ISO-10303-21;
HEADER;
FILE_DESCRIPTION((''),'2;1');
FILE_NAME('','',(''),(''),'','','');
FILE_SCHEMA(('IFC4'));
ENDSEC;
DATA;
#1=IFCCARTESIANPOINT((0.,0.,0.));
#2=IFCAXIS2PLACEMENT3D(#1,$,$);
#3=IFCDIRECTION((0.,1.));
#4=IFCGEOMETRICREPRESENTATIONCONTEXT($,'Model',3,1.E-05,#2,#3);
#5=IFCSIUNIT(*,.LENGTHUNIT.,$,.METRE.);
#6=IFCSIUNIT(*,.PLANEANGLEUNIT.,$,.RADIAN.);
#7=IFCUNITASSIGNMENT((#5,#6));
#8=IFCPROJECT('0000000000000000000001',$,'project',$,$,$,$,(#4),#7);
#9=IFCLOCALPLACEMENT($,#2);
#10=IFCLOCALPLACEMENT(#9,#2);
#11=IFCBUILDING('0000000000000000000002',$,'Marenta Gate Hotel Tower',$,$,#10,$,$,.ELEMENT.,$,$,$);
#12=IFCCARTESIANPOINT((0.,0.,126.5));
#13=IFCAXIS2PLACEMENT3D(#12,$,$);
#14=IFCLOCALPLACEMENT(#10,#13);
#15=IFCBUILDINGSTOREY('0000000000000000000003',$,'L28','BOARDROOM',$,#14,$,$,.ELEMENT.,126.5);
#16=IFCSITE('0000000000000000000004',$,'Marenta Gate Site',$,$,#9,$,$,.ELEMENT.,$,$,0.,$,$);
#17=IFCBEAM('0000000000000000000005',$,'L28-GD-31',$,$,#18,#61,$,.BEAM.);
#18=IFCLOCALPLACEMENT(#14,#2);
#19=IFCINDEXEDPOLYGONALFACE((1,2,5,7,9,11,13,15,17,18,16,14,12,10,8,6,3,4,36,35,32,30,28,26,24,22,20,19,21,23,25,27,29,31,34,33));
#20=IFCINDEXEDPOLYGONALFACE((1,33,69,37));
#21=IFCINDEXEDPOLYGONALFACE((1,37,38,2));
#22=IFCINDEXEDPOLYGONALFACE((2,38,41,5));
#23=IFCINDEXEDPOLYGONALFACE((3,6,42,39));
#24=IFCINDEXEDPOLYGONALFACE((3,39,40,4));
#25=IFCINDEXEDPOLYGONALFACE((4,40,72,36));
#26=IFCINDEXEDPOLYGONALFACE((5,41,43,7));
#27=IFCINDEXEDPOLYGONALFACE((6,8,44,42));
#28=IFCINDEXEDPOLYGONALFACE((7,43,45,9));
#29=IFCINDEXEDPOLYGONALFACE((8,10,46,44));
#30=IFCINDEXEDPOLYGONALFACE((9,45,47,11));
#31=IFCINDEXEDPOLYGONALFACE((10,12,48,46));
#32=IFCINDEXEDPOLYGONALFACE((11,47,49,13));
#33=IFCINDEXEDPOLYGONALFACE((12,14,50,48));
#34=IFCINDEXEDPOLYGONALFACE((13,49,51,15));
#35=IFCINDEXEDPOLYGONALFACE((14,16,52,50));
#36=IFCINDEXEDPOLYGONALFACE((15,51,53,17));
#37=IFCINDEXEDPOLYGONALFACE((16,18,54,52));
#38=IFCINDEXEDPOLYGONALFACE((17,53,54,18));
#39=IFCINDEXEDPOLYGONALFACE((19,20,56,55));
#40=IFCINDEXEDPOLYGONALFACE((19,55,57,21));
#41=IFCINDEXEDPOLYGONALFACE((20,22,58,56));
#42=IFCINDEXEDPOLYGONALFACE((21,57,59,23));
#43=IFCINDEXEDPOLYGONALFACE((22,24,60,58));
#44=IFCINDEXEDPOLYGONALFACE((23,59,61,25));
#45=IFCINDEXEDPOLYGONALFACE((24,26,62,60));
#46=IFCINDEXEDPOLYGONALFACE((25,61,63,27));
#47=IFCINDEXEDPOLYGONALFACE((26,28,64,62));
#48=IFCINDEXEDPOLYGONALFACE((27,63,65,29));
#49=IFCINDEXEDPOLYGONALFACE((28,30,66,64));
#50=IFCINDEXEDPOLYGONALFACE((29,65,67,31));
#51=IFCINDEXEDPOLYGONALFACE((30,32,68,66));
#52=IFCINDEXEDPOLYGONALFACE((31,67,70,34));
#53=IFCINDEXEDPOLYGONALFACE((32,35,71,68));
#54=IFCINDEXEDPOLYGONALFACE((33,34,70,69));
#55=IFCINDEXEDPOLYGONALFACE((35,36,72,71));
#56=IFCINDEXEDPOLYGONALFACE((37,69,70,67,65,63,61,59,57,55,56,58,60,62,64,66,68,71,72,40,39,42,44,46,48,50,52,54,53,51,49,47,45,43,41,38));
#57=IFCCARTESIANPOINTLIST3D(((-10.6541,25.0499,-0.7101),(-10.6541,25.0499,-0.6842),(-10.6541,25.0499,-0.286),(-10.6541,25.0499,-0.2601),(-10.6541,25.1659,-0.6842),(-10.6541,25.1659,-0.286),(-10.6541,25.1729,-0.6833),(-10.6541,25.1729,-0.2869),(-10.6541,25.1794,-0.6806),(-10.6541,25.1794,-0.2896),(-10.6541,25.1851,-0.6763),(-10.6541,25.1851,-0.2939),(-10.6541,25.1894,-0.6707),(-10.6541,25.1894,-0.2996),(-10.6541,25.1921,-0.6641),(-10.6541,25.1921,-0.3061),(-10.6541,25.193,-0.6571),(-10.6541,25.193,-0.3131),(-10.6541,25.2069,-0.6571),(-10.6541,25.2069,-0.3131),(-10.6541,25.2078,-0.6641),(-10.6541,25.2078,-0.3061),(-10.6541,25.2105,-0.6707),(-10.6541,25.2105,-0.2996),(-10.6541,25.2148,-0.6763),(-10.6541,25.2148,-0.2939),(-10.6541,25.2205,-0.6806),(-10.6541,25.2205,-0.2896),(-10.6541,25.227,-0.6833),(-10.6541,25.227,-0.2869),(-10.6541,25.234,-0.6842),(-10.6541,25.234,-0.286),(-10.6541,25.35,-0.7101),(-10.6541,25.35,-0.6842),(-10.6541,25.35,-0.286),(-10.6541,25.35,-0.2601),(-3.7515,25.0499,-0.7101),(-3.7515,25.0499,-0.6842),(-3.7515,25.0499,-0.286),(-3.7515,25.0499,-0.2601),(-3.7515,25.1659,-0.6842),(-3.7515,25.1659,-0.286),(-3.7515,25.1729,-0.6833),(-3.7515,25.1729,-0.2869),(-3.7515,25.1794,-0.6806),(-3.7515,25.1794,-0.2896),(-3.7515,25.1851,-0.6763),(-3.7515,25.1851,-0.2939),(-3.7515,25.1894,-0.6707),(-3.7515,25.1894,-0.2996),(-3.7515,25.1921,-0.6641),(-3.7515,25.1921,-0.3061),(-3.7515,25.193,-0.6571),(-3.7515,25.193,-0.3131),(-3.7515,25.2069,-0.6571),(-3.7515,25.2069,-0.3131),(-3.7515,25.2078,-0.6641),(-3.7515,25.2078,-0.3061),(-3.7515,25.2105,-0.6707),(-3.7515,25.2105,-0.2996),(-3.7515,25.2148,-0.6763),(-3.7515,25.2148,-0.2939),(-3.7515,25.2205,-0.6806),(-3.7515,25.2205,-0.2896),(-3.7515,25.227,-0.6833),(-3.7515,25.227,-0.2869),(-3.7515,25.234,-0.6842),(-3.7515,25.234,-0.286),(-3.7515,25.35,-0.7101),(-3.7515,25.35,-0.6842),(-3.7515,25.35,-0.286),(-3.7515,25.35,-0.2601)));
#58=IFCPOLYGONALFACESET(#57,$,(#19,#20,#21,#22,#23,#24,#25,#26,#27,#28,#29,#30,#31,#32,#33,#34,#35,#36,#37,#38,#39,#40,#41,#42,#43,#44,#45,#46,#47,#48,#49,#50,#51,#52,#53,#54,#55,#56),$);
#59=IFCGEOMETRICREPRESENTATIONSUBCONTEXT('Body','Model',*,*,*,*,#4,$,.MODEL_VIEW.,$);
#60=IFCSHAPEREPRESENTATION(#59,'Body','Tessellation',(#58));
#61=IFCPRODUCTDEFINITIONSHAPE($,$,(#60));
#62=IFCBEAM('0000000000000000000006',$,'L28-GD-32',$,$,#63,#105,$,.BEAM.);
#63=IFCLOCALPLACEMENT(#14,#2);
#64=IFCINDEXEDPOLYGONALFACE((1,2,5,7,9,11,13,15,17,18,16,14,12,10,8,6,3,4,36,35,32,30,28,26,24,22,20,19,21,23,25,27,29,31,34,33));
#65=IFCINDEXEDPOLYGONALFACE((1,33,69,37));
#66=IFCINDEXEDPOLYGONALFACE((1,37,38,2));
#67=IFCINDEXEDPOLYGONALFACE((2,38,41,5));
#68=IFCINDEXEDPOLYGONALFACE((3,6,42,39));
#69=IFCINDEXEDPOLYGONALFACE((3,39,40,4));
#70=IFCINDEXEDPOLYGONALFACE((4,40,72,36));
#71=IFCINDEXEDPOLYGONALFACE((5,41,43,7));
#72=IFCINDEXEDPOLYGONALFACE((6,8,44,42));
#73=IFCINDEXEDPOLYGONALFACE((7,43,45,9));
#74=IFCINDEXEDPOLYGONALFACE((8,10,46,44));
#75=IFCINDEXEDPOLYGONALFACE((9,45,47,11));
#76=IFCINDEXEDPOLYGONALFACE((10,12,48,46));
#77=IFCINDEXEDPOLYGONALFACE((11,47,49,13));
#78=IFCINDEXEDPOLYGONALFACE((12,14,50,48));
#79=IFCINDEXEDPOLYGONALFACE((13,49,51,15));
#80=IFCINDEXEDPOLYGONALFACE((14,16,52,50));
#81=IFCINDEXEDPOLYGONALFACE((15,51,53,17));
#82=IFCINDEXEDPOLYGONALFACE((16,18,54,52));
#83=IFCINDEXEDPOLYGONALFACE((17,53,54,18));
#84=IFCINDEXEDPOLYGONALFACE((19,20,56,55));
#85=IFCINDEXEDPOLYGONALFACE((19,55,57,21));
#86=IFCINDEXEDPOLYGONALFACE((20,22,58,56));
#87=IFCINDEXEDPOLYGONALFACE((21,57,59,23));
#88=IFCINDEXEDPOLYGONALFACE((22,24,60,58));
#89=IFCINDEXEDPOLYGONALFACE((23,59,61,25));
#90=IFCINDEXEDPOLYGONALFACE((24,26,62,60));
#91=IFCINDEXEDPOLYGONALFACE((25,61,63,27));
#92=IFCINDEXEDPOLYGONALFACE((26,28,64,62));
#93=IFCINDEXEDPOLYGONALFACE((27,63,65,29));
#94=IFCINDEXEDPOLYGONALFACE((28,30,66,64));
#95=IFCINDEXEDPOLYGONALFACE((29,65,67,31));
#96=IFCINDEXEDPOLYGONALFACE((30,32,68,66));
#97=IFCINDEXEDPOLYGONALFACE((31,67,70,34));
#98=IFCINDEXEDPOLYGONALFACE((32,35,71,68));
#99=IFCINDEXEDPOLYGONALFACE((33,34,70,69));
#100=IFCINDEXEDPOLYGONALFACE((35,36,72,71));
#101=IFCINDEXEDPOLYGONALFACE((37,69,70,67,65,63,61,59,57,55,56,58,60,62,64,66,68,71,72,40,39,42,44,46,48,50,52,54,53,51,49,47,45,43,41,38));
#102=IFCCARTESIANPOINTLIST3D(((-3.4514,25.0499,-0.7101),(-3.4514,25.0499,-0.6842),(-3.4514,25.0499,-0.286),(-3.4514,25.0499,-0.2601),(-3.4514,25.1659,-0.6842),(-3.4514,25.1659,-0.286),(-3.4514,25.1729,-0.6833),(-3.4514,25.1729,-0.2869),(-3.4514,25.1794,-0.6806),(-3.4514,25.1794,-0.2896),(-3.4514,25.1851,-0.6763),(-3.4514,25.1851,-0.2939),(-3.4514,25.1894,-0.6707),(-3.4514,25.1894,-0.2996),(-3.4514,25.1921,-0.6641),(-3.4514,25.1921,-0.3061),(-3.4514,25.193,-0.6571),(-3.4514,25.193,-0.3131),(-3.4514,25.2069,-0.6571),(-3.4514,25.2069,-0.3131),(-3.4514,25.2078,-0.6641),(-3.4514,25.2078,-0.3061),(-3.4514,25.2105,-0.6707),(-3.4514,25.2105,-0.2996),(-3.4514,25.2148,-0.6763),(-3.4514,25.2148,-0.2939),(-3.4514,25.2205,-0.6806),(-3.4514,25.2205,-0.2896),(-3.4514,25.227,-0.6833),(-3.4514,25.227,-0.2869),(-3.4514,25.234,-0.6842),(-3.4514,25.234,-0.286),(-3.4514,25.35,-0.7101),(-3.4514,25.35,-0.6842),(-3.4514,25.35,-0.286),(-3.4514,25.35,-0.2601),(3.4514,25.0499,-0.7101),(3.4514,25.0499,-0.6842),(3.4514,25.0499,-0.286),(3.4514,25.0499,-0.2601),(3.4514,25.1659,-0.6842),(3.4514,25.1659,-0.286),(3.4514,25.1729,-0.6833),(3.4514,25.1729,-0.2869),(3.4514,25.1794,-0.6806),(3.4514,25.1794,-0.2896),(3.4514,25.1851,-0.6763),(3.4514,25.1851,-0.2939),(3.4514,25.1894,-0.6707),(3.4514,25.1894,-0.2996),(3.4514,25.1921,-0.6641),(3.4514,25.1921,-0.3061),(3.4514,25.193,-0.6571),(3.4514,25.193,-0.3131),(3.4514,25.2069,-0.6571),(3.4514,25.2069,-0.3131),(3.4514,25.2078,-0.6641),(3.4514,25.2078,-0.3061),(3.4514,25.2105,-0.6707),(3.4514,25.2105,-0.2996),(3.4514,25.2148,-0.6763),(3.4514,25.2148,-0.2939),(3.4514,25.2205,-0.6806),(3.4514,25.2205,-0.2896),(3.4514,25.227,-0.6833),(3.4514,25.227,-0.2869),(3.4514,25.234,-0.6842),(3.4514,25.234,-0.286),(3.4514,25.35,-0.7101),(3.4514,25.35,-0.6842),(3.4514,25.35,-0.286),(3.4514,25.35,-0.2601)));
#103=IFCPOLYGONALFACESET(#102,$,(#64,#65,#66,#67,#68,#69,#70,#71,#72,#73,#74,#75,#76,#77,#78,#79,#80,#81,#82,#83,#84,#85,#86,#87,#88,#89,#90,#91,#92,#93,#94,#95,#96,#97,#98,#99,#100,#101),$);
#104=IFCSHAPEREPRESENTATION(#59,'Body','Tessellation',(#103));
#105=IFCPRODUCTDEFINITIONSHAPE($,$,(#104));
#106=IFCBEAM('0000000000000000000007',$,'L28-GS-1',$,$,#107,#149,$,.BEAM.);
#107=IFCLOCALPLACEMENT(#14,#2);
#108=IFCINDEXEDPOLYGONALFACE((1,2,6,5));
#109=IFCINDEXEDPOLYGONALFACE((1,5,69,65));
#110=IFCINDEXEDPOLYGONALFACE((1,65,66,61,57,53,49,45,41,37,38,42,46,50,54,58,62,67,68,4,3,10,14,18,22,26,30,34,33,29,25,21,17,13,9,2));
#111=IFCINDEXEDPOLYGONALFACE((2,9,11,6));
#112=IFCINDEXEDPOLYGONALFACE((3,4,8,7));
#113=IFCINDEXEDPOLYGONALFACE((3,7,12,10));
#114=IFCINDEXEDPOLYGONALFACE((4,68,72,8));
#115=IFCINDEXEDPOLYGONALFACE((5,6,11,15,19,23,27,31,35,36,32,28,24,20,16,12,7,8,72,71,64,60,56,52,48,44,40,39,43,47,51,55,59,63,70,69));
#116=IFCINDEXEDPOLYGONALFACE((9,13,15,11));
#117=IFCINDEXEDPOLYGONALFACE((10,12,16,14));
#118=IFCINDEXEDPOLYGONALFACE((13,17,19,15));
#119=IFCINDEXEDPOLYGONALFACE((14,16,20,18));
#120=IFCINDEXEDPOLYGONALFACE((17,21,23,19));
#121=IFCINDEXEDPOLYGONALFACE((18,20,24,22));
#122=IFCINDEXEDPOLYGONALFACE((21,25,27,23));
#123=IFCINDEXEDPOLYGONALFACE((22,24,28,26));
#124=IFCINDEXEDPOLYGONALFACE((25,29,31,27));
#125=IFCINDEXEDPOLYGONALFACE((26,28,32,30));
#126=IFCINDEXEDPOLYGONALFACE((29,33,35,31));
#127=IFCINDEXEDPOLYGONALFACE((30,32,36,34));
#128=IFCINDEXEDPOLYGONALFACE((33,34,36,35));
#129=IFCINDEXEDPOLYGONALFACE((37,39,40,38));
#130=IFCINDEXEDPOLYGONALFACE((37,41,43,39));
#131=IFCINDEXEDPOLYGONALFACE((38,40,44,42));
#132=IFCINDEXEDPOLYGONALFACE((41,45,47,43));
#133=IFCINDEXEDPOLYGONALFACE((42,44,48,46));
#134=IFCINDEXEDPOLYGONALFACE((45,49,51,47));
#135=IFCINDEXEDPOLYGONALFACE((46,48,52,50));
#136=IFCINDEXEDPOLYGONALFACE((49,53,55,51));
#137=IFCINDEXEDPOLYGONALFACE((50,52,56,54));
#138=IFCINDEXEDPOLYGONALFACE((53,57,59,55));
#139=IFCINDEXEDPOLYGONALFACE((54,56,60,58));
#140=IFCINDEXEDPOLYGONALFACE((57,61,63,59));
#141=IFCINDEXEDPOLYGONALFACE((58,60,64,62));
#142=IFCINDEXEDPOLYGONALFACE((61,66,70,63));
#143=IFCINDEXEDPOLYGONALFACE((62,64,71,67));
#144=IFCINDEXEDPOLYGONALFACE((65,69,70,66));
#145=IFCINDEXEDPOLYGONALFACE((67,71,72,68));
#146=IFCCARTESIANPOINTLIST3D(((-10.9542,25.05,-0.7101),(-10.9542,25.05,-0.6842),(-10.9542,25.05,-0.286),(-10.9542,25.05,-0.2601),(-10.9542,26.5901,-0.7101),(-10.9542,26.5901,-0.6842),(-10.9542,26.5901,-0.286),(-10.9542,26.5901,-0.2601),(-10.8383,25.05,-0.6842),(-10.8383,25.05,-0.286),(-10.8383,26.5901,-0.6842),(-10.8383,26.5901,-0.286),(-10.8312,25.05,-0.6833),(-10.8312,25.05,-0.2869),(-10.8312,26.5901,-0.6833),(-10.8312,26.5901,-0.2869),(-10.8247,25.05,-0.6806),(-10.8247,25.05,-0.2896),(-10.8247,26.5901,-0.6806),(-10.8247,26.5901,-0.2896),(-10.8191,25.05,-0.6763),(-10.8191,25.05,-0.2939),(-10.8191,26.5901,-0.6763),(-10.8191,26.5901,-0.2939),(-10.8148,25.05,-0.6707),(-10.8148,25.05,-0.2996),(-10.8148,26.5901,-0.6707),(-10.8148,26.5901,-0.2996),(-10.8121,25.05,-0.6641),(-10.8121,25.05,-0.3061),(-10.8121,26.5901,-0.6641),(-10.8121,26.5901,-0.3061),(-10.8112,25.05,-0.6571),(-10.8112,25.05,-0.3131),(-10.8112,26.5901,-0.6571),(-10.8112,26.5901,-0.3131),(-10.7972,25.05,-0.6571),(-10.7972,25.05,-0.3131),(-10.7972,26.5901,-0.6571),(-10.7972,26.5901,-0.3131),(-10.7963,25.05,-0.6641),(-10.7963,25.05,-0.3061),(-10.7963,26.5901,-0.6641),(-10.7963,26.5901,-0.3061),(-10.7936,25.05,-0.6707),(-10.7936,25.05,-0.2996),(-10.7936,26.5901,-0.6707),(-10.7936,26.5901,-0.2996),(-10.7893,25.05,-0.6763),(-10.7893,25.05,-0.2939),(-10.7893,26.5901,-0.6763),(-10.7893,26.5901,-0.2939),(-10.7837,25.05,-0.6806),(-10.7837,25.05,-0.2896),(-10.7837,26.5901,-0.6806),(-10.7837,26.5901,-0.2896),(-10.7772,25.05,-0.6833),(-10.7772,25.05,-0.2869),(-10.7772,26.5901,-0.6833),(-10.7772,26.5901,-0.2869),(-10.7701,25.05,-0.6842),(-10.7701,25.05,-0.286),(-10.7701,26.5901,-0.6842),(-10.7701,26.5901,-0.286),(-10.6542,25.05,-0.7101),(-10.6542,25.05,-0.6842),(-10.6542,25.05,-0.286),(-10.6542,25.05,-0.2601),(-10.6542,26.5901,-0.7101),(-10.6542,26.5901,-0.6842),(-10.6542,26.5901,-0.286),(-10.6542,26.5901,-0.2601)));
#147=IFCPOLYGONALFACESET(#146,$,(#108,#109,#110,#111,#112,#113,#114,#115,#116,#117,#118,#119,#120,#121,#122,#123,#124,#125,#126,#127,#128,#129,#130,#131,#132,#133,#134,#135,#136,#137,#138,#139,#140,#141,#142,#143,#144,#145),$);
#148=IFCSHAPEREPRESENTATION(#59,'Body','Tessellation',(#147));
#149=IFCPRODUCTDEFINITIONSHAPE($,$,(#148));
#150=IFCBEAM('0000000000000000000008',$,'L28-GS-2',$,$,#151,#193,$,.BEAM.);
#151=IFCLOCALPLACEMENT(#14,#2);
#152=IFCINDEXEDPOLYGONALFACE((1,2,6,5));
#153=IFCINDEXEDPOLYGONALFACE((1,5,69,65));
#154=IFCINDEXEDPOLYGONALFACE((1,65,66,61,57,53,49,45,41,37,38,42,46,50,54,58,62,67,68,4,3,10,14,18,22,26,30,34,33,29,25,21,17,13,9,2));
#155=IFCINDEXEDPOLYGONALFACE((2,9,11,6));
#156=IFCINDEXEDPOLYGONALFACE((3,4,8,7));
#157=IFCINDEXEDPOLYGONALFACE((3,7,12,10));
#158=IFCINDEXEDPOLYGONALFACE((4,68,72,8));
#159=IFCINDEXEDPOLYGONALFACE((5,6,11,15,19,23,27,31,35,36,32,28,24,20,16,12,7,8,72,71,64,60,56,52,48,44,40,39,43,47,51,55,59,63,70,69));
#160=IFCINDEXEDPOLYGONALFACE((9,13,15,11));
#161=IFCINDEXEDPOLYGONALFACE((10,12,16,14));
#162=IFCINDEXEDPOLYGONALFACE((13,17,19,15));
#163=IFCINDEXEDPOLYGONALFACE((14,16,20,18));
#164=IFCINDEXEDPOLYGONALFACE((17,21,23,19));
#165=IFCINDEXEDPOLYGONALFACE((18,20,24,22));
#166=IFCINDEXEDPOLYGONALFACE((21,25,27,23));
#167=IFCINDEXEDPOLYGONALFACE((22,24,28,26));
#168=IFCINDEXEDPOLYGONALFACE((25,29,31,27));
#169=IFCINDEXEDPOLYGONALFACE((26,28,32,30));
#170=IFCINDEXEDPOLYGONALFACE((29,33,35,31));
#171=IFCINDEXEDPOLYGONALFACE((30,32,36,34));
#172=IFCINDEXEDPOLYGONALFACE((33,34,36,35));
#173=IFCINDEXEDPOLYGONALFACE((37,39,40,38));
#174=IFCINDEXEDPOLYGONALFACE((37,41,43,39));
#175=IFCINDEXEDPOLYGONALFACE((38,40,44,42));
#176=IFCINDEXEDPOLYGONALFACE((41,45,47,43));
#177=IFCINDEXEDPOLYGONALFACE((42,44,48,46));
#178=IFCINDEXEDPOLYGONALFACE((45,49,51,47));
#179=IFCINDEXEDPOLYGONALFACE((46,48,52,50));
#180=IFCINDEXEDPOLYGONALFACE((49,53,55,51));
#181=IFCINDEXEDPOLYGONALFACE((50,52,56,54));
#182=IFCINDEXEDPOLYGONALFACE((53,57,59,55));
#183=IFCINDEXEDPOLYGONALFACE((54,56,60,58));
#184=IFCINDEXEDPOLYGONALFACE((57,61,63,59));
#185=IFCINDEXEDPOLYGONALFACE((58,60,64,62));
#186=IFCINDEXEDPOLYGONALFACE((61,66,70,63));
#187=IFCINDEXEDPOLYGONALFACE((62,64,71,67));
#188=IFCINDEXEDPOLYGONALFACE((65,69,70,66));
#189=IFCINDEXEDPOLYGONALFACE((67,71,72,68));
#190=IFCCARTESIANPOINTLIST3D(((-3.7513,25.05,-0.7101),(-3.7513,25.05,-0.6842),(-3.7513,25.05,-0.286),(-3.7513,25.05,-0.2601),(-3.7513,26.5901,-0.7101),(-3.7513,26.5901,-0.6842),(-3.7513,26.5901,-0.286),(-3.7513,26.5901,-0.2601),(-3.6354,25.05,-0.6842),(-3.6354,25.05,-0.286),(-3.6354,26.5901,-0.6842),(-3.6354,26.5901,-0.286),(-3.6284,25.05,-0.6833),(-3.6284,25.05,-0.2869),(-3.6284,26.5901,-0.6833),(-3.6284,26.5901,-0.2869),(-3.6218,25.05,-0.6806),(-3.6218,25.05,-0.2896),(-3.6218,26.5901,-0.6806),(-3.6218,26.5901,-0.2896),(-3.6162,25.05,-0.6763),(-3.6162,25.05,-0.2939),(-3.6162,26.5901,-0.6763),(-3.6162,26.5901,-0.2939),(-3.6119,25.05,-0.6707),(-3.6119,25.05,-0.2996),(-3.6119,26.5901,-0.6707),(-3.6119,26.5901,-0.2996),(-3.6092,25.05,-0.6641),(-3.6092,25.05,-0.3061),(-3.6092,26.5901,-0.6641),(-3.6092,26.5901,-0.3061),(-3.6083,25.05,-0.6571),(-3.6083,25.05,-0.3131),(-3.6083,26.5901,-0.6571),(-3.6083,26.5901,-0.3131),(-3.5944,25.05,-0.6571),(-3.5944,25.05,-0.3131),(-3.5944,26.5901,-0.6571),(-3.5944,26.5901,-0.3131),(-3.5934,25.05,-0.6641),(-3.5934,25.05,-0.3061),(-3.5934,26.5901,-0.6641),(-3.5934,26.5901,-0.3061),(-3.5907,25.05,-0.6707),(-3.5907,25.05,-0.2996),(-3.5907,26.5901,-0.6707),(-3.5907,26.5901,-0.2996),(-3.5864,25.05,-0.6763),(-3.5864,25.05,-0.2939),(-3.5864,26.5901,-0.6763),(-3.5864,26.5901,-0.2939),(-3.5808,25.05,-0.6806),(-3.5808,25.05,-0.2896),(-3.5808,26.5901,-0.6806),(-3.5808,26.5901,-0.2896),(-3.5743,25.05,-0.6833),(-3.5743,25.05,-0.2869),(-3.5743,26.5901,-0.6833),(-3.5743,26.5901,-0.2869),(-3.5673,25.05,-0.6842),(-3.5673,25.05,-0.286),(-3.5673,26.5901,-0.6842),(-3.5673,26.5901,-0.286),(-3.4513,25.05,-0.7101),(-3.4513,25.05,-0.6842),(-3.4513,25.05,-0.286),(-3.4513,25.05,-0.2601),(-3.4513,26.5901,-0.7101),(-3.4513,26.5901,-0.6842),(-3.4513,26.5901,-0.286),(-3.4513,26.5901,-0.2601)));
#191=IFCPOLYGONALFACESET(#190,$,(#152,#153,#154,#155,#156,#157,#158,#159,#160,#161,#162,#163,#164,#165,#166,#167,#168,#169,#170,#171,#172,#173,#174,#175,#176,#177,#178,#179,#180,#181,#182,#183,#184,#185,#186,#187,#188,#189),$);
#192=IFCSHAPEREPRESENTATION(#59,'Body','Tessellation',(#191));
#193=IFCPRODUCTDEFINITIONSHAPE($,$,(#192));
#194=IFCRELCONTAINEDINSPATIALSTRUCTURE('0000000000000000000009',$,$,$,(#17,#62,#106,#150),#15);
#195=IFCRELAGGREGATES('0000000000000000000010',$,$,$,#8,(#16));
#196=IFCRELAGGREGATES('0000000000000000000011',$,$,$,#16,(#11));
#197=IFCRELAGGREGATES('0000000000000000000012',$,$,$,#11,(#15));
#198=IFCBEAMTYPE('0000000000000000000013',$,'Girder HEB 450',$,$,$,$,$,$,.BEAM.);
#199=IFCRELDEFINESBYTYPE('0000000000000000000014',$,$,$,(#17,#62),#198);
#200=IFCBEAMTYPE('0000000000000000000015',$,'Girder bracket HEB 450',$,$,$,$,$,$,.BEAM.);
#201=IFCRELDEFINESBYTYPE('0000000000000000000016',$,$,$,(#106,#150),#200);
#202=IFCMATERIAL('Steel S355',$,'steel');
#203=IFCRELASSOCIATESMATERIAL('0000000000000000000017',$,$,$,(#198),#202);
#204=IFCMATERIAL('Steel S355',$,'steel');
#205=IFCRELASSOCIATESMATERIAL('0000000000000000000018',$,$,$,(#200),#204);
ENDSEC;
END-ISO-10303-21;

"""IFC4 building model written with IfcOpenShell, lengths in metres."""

from ifc_helpers import new_model, si_unit, direction, frame, origin, origin_2d, place, context, subcontext, project, spatial, i_section, extrude, material, material_profile, profile_set, type_object, element, save


model = new_model("IFC4")

# Units and contexts
model_context = context("Model", 3, precision=1e-05, world=origin(), true_north=direction((0.0, 1.0)))
body_context = subcontext(model_context, "Body", "Model", "MODEL_VIEW")
ifc_project = project(units=[si_unit("LENGTHUNIT", "METRE"), si_unit("PLANEANGLEUNIT", "RADIAN")], contexts=[model_context])

# Site, building, storey
site_placement = place(None, origin())
site = spatial("IfcSite", under=ifc_project, at=site_placement, Name="Marenta Gate Site", CompositionType="ELEMENT", RefElevation=0.0)
building_placement = place(site_placement, origin())
building = spatial("IfcBuilding", under=site, at=building_placement, Name="Marenta Gate Hotel Tower", CompositionType="ELEMENT")
storey_placement = place(building_placement, frame((0.0, 0.0, 126.5)))
storey = spatial("IfcBuildingStorey", under=building, at=storey_placement, Name="L28", Description="BOARDROOM", CompositionType="ELEMENT", Elevation=126.5)

# Beams
ifc_material_1 = material(Name="Steel S355", Category="steel")
ifc_material_profile_1 = material_profile(ifc_material_1, i_section(OverallWidth=0.3, OverallDepth=0.45, WebThickness=0.0139, FlangeThickness=0.0259, FilletRadius=0.0271, at=origin_2d()), Name="HEB 450")
ifc_profile_set_1 = profile_set([ifc_material_profile_1], Name="Steel S355")
beam_type_1 = type_object("IfcBeamType", Name="Girder HEB 450", PredefinedType="BEAM", material=ifc_profile_set_1)
beam_1_placement = place(storey_placement, frame((-10.6541, 25.2, -0.4851), z_axis=(1.0, 0.0, 0.0), x_axis=(0.0, 1.0, 0.0)))
element("IfcBeam", 1, at=beam_1_placement, inside=storey, type_object=beam_type_1, Name="L28-GD-31", PredefinedType="BEAM", context=body_context, shape_type="SweptSolid", body=[
    extrude(i_section(OverallWidth=0.3, OverallDepth=0.45, WebThickness=0.0139, FlangeThickness=0.0259, FilletRadius=0.0271, at=origin_2d()), origin(), (0.0, 0.0, 1.0), 6.9026),
])
beam_2_placement = place(storey_placement, frame((-3.4514, 25.2, -0.4851), z_axis=(1.0, 0.0, 0.0), x_axis=(0.0, 1.0, 0.0)))
element("IfcBeam", 2, at=beam_2_placement, inside=storey, type_object=beam_type_1, Name="L28-GD-32", PredefinedType="BEAM", context=body_context, shape_type="SweptSolid", body=[
    extrude(i_section(OverallWidth=0.3, OverallDepth=0.45, WebThickness=0.0139, FlangeThickness=0.0259, FilletRadius=0.0271, at=origin_2d()), origin(), (0.0, 0.0, 1.0), 6.9028),
])
ifc_material_2 = material(Name="Steel S355", Category="steel")
ifc_material_profile_2 = material_profile(ifc_material_2, i_section(OverallWidth=0.3, OverallDepth=0.45, WebThickness=0.0139, FlangeThickness=0.0259, FilletRadius=0.0271, at=origin_2d()), Name="HEB 450")
ifc_profile_set_2 = profile_set([ifc_material_profile_2], Name="Steel S355")
beam_type_2 = type_object("IfcBeamType", Name="Girder bracket HEB 450", PredefinedType="BEAM", material=ifc_profile_set_2)
for number, where, z_axis, x_axis, name in (
    (3, (-10.8042, 25.05, -0.4851), (0.0, 1.0, 0.0), (-1.0, 0.0, 0.0), "L28-GS-1"),
    (4, (-3.6013, 25.05, -0.4851), (0.0, 1.0, 0.0), (-1.0, 0.0, 0.0), "L28-GS-2"),
):
    element("IfcBeam", number, at=place(storey_placement, frame(where, z_axis=z_axis, x_axis=x_axis)), inside=storey, type_object=beam_type_2, Name=name, PredefinedType="BEAM", context=body_context, shape_type="SweptSolid", body=[
        extrude(i_section(OverallWidth=0.3, OverallDepth=0.45, WebThickness=0.0139, FlangeThickness=0.0259, FilletRadius=0.0271, at=origin_2d()), origin(), (0.0, 0.0, 1.0), 1.54),
    ])

save(model, "model.ifc")
